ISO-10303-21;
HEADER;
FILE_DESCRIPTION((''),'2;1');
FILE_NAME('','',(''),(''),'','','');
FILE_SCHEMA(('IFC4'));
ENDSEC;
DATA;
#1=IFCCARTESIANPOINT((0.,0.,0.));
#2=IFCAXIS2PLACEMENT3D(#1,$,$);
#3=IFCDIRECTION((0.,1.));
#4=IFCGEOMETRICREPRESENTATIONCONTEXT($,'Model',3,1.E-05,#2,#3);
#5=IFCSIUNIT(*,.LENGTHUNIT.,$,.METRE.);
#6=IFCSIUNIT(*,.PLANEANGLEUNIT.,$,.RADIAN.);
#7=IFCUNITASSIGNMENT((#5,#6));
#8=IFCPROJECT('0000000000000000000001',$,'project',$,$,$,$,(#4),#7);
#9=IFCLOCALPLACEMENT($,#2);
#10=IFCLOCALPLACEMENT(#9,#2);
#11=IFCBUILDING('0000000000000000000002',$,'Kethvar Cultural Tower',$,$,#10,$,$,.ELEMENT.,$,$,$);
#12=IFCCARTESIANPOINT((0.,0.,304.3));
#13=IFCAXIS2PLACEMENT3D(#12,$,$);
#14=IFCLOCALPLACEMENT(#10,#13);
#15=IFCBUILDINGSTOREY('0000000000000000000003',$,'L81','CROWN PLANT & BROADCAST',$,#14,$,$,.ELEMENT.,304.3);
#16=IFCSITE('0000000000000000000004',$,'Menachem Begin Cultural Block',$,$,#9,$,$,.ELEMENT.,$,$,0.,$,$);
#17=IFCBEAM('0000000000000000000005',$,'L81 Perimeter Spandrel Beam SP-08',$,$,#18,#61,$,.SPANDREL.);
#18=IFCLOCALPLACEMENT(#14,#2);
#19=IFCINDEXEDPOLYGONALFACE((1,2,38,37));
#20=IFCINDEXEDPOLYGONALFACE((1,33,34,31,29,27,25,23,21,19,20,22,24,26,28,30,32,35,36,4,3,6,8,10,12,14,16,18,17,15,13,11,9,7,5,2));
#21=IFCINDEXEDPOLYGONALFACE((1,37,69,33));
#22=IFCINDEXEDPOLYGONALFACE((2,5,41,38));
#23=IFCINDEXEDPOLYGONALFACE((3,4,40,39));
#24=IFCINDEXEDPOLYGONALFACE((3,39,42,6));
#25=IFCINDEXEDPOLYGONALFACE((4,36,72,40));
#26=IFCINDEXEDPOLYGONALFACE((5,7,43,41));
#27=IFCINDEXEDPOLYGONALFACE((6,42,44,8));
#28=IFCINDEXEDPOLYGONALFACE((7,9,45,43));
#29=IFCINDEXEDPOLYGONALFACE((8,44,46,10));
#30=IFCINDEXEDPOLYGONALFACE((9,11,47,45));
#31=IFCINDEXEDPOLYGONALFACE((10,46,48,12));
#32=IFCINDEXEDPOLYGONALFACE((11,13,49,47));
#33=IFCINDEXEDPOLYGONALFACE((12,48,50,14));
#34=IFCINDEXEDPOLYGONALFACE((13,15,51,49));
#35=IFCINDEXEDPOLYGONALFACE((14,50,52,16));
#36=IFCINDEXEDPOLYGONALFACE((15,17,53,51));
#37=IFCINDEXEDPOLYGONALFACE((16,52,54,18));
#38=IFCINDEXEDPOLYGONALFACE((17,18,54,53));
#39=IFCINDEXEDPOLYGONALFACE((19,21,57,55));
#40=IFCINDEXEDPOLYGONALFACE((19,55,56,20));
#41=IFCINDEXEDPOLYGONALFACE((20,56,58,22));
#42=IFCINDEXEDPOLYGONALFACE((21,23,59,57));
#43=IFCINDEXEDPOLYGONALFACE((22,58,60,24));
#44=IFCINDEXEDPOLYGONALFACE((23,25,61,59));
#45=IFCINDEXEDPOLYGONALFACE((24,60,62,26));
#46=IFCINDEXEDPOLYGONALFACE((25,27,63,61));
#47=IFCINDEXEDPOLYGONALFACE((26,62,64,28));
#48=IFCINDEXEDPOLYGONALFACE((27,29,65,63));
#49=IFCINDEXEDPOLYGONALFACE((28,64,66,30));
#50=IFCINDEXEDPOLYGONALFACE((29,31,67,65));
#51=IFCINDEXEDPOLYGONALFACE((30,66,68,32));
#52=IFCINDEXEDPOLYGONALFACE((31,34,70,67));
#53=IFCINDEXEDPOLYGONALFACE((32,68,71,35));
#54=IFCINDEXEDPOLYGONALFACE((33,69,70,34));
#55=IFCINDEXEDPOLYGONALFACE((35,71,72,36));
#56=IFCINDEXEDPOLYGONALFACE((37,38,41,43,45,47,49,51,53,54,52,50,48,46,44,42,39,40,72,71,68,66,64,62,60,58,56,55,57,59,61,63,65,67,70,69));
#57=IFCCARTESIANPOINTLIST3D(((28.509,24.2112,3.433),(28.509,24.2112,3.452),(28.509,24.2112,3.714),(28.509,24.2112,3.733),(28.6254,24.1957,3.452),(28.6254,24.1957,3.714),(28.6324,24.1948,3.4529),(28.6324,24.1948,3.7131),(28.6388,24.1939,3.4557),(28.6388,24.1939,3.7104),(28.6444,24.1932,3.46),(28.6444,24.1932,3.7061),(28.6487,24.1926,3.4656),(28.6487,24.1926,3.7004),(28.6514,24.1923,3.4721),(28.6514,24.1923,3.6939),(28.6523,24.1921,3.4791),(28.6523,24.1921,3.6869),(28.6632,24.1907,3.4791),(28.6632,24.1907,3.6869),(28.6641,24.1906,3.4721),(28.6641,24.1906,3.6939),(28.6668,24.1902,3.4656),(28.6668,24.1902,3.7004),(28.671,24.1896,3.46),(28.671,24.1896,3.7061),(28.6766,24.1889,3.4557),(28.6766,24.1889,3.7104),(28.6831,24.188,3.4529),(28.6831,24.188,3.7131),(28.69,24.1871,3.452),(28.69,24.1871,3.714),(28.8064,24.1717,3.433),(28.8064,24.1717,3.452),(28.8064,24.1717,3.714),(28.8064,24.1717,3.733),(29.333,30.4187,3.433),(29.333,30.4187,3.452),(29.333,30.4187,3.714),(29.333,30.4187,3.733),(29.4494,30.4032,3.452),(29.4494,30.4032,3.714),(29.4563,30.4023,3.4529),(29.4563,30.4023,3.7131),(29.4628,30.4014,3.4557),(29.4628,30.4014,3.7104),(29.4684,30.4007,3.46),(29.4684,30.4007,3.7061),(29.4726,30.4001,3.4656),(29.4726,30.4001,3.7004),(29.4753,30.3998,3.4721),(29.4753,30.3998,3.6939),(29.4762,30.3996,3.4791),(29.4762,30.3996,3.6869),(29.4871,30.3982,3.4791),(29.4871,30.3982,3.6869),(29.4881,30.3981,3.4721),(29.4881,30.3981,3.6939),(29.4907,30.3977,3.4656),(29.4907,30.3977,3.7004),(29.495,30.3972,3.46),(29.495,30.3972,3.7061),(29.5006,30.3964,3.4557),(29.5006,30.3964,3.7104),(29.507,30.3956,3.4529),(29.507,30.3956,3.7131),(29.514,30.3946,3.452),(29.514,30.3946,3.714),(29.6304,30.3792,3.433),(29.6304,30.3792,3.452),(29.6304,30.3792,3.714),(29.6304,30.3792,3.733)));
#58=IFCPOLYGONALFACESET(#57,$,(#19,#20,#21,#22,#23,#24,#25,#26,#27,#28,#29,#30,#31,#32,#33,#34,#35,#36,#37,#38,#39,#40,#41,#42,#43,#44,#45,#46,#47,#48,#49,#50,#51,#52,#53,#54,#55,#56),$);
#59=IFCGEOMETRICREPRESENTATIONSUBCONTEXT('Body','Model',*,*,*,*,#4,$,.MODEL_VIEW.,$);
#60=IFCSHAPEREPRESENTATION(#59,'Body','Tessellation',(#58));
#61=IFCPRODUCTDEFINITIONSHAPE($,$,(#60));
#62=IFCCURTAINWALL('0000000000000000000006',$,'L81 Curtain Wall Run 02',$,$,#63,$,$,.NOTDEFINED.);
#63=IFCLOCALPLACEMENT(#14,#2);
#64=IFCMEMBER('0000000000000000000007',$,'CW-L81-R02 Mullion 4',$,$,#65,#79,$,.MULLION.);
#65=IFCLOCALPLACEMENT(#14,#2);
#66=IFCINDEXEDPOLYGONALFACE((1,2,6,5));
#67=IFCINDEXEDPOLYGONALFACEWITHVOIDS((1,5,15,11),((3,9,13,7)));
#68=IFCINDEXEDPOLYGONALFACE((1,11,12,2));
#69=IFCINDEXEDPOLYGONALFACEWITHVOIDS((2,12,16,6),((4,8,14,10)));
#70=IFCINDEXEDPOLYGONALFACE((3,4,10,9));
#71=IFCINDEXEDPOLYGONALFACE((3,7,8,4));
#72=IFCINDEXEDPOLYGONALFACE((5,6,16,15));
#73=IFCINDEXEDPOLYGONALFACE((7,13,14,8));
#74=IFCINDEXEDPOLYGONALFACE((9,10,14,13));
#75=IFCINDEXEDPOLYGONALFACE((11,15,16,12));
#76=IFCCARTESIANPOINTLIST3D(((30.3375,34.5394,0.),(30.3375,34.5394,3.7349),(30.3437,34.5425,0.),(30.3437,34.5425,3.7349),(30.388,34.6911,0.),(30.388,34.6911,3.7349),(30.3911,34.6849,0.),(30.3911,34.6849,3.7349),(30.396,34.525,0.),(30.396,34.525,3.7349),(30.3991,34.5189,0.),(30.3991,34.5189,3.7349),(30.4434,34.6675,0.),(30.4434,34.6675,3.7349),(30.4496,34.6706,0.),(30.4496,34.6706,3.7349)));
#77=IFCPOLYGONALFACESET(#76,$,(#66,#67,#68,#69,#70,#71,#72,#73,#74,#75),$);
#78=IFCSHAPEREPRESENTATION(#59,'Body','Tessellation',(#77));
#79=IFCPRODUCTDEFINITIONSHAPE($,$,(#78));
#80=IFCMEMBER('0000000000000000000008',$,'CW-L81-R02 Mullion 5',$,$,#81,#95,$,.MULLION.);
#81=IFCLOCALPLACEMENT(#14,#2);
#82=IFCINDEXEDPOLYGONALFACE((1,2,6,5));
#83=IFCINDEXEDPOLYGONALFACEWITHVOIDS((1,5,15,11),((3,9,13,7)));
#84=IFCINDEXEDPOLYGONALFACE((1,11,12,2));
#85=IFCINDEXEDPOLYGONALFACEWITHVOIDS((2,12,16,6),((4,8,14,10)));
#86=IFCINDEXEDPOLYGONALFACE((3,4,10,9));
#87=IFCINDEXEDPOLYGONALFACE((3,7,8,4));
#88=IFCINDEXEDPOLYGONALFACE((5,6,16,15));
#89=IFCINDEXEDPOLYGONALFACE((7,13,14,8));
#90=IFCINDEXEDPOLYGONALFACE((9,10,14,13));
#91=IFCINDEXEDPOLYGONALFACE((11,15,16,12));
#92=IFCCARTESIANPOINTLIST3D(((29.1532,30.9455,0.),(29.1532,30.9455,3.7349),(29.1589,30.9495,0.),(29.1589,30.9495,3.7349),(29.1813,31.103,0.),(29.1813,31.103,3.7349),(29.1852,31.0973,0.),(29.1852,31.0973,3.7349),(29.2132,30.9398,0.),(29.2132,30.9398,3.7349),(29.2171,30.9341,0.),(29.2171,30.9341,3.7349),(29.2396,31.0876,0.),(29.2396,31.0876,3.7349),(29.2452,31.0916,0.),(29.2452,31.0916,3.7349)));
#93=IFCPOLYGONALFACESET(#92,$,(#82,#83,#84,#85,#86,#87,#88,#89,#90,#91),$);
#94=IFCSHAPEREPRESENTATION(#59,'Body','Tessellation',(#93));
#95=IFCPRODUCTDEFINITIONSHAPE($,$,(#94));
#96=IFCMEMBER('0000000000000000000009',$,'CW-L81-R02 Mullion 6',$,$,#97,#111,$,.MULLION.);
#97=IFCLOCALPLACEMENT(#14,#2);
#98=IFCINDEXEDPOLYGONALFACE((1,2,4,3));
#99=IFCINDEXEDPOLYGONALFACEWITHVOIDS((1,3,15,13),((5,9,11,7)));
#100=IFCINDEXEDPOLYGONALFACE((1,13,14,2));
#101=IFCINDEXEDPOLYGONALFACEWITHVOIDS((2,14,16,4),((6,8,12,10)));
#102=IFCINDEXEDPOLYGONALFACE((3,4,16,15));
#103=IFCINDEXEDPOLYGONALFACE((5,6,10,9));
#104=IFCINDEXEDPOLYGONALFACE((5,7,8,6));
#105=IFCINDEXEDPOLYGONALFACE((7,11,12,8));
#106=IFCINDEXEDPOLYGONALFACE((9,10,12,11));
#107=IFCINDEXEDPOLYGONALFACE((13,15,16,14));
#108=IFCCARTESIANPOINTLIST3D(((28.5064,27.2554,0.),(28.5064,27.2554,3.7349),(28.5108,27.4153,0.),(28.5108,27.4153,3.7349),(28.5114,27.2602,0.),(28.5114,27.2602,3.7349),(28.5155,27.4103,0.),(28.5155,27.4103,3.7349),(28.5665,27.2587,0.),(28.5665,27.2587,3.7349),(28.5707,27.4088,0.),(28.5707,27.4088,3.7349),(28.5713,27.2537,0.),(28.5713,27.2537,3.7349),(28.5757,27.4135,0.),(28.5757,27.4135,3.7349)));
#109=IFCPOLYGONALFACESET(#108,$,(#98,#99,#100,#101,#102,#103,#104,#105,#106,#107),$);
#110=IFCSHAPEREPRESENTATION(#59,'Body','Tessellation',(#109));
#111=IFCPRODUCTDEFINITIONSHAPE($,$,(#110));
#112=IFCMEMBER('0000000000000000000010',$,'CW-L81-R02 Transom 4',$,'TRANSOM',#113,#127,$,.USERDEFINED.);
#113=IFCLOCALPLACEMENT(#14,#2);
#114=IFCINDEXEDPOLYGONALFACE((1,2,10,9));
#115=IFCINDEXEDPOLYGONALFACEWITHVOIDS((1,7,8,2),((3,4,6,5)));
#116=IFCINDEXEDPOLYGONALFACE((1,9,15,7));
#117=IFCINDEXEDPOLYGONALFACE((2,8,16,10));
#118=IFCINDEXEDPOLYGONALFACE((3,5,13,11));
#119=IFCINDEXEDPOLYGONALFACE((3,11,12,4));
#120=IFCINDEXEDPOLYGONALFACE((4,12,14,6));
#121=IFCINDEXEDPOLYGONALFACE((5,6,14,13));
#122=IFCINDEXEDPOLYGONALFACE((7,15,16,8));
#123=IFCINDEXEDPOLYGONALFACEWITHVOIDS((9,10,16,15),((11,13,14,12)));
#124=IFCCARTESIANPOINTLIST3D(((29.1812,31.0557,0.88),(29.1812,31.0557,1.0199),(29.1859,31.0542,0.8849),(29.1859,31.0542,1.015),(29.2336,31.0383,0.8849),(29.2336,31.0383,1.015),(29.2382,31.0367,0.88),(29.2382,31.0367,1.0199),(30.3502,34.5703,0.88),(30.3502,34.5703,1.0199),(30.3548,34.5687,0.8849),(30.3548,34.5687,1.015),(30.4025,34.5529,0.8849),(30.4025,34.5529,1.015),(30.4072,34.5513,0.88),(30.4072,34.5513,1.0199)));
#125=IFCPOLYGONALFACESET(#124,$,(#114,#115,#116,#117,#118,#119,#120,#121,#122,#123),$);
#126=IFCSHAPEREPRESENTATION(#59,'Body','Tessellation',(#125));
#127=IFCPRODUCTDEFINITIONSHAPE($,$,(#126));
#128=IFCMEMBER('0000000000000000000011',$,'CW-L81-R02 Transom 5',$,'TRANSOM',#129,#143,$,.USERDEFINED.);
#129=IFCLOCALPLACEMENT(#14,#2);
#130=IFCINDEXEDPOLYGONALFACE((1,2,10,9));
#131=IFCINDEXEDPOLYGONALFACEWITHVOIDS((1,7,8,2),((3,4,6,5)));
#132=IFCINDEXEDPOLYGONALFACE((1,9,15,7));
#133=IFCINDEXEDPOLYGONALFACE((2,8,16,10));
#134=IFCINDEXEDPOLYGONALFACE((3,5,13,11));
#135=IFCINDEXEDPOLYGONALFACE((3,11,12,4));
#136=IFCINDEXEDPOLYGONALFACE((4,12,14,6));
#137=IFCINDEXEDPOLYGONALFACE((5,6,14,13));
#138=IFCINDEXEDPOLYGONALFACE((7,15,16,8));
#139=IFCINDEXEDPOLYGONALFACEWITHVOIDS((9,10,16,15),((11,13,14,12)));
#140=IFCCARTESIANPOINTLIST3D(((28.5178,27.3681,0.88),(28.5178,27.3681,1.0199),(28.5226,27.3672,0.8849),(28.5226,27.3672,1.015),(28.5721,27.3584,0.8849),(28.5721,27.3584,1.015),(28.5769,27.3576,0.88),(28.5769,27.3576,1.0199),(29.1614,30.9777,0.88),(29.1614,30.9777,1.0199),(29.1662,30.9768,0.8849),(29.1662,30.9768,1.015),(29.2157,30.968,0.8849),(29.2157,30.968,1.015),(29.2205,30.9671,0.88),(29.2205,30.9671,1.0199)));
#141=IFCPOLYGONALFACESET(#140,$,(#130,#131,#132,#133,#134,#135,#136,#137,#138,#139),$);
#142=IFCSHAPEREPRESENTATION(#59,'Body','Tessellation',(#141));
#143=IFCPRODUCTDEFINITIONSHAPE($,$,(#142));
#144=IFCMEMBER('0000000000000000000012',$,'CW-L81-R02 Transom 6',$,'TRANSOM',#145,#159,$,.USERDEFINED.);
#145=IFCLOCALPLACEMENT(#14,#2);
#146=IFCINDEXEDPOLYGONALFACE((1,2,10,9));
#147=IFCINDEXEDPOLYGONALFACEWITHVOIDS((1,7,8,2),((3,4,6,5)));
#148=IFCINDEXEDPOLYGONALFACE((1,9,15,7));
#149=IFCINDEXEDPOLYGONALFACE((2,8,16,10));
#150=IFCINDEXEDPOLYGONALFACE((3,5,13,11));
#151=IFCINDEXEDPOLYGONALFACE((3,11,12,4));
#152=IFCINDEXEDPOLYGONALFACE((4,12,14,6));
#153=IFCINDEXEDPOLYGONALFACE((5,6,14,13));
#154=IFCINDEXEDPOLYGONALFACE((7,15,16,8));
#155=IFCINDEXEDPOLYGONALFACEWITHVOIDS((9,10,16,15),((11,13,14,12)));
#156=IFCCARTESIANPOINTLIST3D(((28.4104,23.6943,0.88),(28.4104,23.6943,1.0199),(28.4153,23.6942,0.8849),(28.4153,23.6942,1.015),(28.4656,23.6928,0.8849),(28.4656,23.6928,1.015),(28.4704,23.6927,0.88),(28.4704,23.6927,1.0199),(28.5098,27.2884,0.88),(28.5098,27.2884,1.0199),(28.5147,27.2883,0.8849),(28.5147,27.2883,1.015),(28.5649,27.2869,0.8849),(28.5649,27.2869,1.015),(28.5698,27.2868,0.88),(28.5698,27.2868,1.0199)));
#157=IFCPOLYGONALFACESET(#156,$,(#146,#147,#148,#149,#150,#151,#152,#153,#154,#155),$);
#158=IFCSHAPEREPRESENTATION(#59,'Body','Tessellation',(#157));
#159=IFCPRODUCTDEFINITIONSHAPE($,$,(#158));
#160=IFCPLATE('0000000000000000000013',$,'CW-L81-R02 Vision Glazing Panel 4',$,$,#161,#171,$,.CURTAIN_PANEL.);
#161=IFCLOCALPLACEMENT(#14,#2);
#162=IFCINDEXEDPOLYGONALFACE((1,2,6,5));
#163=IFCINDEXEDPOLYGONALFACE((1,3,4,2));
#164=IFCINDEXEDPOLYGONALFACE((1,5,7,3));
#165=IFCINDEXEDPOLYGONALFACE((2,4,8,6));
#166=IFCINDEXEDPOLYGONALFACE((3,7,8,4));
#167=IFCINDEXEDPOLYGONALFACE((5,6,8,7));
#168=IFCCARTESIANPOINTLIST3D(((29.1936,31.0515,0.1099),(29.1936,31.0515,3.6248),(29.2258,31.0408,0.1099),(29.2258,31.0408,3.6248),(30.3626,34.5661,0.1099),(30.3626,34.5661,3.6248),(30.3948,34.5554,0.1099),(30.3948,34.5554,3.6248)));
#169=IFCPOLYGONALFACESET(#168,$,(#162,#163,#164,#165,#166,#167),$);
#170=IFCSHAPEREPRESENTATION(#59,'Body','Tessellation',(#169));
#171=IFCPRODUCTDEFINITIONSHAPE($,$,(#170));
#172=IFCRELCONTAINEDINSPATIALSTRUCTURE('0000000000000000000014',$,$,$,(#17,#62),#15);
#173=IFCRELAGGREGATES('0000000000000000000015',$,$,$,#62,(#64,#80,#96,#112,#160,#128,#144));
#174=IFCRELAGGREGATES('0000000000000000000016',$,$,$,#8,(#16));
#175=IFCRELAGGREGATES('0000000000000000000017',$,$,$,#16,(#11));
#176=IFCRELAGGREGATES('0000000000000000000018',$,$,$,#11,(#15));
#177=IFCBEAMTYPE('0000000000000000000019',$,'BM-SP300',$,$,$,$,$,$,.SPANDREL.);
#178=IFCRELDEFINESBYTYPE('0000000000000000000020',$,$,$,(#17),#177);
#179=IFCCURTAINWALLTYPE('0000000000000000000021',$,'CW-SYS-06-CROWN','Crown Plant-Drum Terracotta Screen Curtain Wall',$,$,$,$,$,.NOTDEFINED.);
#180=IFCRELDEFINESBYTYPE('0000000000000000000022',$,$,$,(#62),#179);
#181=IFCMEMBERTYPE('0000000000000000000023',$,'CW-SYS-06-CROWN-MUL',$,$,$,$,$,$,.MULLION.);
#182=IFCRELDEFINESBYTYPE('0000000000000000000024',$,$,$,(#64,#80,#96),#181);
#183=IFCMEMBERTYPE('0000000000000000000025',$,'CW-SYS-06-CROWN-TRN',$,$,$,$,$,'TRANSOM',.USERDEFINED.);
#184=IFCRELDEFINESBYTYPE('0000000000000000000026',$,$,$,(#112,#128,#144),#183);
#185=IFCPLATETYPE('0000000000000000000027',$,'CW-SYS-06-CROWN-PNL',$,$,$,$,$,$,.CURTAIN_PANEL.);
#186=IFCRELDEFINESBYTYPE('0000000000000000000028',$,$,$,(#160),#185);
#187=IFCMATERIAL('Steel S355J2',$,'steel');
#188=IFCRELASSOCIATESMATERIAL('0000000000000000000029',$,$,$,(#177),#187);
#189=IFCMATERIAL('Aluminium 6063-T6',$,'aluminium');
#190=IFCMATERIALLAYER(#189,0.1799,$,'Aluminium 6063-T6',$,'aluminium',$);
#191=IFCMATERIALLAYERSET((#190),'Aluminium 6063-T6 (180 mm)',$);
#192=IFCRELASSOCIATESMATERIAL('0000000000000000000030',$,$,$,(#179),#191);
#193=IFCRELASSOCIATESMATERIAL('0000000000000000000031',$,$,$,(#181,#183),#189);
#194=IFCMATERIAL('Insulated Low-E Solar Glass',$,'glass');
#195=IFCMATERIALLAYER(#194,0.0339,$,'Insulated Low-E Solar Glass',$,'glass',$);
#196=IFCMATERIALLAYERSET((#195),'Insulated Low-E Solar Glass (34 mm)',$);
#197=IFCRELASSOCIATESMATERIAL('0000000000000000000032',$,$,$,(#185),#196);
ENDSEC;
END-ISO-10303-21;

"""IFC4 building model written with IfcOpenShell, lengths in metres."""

from ifc_helpers import new_model, si_unit, direction, frame, origin, origin_2d, place, context, subcontext, project, spatial, rectangle, hollow_rectangle, i_section, extrude, source, transform, mapped, material, layer, layer_set, material_profile, profile_set, type_object, element, aggregate, save


model = new_model("IFC4")

# Units and contexts
model_context = context("Model", 3, precision=1e-05, world=origin(), true_north=direction((0.0, 1.0)))
body_context = subcontext(model_context, "Body", "Model", "MODEL_VIEW")
ifc_project = project(units=[si_unit("LENGTHUNIT", "METRE"), si_unit("PLANEANGLEUNIT", "RADIAN")], contexts=[model_context])

# Site, building, storey
site_placement = place(None, origin())
site = spatial("IfcSite", under=ifc_project, at=site_placement, Name="Menachem Begin Cultural Block", CompositionType="ELEMENT", RefElevation=0.0)
building_placement = place(site_placement, origin())
building = spatial("IfcBuilding", under=site, at=building_placement, Name="Kethvar Cultural Tower", CompositionType="ELEMENT")
storey_placement = place(building_placement, frame((0.0, 0.0, 304.3)))
storey = spatial("IfcBuildingStorey", under=building, at=storey_placement, Name="L81", Description="CROWN PLANT & BROADCAST", CompositionType="ELEMENT", Elevation=304.3)

# Shared definitions
ifc_material_1 = material(Name="Steel S355J2", Category="steel")

# Beam
ifc_material_profile_1 = material_profile(ifc_material_1, i_section(OverallWidth=0.3, OverallDepth=0.3, WebThickness=0.011, FlangeThickness=0.019, FilletRadius=0.0271, at=origin_2d()), Name="Steel S355J2 — HEB300")
ifc_profile_set_1 = profile_set([ifc_material_profile_1], Name="Steel S355J2 — HEB300")
beam_type_1 = type_object("IfcBeamType", Name="BM-SP300", PredefinedType="SPANDREL", material=ifc_profile_set_1)
shared_shape_1 = source(origin(), body_context, "Body", "SweptSolid", [
    extrude(i_section(OverallWidth=0.3, OverallDepth=0.3, WebThickness=0.011, FlangeThickness=0.019, FilletRadius=0.0271, at=origin_2d()), origin(), (0.0, 0.0, 1.0), 6.262),
])
beam_1_placement = place(storey_placement, frame((29.4817, 30.3989, 3.583), z_axis=(-0.131584, -0.991305, 0.0), x_axis=(0.991305, -0.131584, 0.0)))
element("IfcBeam", 1, at=beam_1_placement, inside=storey, type_object=beam_type_1, Name="L81 Perimeter Spandrel Beam SP-08", PredefinedType="SPANDREL", context=body_context, shape_type="MappedRepresentation", body=[
    mapped(shared_shape_1, transform((0.0, 0.0, 0.0), scale=1.0)),
])

# Curtain wall, members, plate
ifc_material_2 = material(Name="Aluminium 6063-T6", Category="aluminium")
ifc_layer_1 = layer(ifc_material_2, 0.1799, Name="Aluminium 6063-T6", Category="aluminium")
ifc_layer_set_1 = layer_set([ifc_layer_1], Name="Aluminium 6063-T6 (180 mm)")
curtain_wall_type = type_object("IfcCurtainWallType", Name="CW-SYS-06-CROWN", Description="Crown Plant-Drum Terracotta Screen Curtain Wall", PredefinedType="NOTDEFINED", material=ifc_layer_set_1)
curtain_wall_placement = place(storey_placement, origin())
curtain_wall = element("IfcCurtainWall", 2, at=curtain_wall_placement, inside=storey, type_object=curtain_wall_type, Name="L81 Curtain Wall Run 02", PredefinedType="NOTDEFINED")
ifc_material_profile_2 = material_profile(ifc_material_2, hollow_rectangle(XDim=0.0649, YDim=0.1599, WallThickness=0.0049, at=origin_2d()), Name="Aluminium 6063-T6 — RHS160x65x5")
ifc_profile_set_2 = profile_set([ifc_material_profile_2], Name="Aluminium 6063-T6 — RHS160x65x5")
member_type_1 = type_object("IfcMemberType", Name="CW-SYS-06-CROWN-MUL", PredefinedType="MULLION", material=ifc_profile_set_2)
shared_shape_2 = source(origin(), body_context, "Body", "SweptSolid", [
    extrude(hollow_rectangle(XDim=0.0649, YDim=0.1599, WallThickness=0.0049, at=origin_2d()), origin(), (0.0, 0.0, 1.0), 3.7349),
])
member_1_placement = place(storey_placement, frame((30.3936, 34.605, 0.0), z_axis=(0.0, 0.0, 1.0), x_axis=(0.948893, -0.315599, 0.0)))
member_1 = element("IfcMember", 3, at=member_1_placement, type_object=member_type_1, Name="CW-L81-R02 Mullion 4", PredefinedType="MULLION", context=body_context, shape_type="MappedRepresentation", body=[
    mapped(shared_shape_2, transform((0.0, 0.0, 0.0), scale=1.0)),
])
member_2_placement = place(storey_placement, frame((29.1992, 31.0186, 0.0), z_axis=(0.0, 0.0, 1.0), x_axis=(0.984469, -0.175556, 0.0)))
member_2 = element("IfcMember", 4, at=member_2_placement, type_object=member_type_1, Name="CW-L81-R02 Mullion 5", PredefinedType="MULLION", context=body_context, shape_type="MappedRepresentation", body=[
    mapped(shared_shape_2, transform((0.0, 0.0, 0.0), scale=1.0)),
])
member_3_placement = place(storey_placement, frame((28.541, 27.3345, 0.0), z_axis=(0.0, 0.0, 1.0), x_axis=(0.99962, -0.027573, 0.0)))
member_3 = element("IfcMember", 5, at=member_3_placement, type_object=member_type_1, Name="CW-L81-R02 Mullion 6", PredefinedType="MULLION", context=body_context, shape_type="MappedRepresentation", body=[
    mapped(shared_shape_2, transform((0.0, 0.0, 0.0), scale=1.0)),
])
ifc_material_profile_3 = material_profile(ifc_material_2, hollow_rectangle(XDim=0.0601, YDim=0.1399, WallThickness=0.0049, at=origin_2d()), Name="Aluminium 6063-T6 — RHS140x60x5")
ifc_profile_set_3 = profile_set([ifc_material_profile_3], Name="Aluminium 6063-T6 — RHS140x60x5")
member_type_2 = type_object("IfcMemberType", Name="CW-SYS-06-CROWN-TRN", ElementType="TRANSOM", PredefinedType="USERDEFINED", material=ifc_profile_set_3)
shared_shape_3 = source(origin(), body_context, "Body", "SweptSolid", [
    extrude(hollow_rectangle(XDim=0.0601, YDim=0.1399, WallThickness=0.0049, at=origin_2d()), origin(), (0.0, 0.0, 1.0), 3.7039),
])
member_4_placement = place(storey_placement, frame((30.3787, 34.5608, 0.95), z_axis=(-0.315595, -0.948894, 0.0), x_axis=(0.948894, -0.315595, 0.0)))
member_4 = element("IfcMember", 6, at=member_4_placement, type_object=member_type_2, Name="CW-L81-R02 Transom 4", ObjectType="TRANSOM", PredefinedType="USERDEFINED", context=body_context, shape_type="MappedRepresentation", body=[
    mapped(shared_shape_3, transform((0.0, 0.0, 0.0), scale=1.0)),
])
shared_shape_4 = source(origin(), body_context, "Body", "SweptSolid", [
    extrude(hollow_rectangle(XDim=0.0601, YDim=0.1399, WallThickness=0.0049, at=origin_2d()), origin(), (0.0, 0.0, 1.0), 3.6665),
])
member_5_placement = place(storey_placement, frame((29.1909, 30.9724, 0.95), z_axis=(-0.175521, -0.984476, 0.0), x_axis=(0.984476, -0.175521, 0.0)))
member_5 = element("IfcMember", 7, at=member_5_placement, type_object=member_type_2, Name="CW-L81-R02 Transom 5", ObjectType="TRANSOM", PredefinedType="USERDEFINED", context=body_context, shape_type="MappedRepresentation", body=[
    mapped(shared_shape_4, transform((0.0, 0.0, 0.0), scale=1.0)),
])
shared_shape_5 = source(origin(), body_context, "Body", "SweptSolid", [
    extrude(hollow_rectangle(XDim=0.0601, YDim=0.1399, WallThickness=0.0049, at=origin_2d()), origin(), (0.0, 0.0, 1.0), 3.5955),
])
member_6_placement = place(storey_placement, frame((28.5398, 27.2876, 0.95), z_axis=(-0.027637, -0.999618, 0.0), x_axis=(0.999618, -0.027637, 0.0)))
member_6 = element("IfcMember", 8, at=member_6_placement, type_object=member_type_2, Name="CW-L81-R02 Transom 6", ObjectType="TRANSOM", PredefinedType="USERDEFINED", context=body_context, shape_type="MappedRepresentation", body=[
    mapped(shared_shape_5, transform((0.0, 0.0, 0.0), scale=1.0)),
])
ifc_material_3 = material(Name="Insulated Low-E Solar Glass", Category="glass")
ifc_layer_2 = layer(ifc_material_3, 0.0339, Name="Insulated Low-E Solar Glass", Category="glass")
ifc_layer_set_2 = layer_set([ifc_layer_2], Name="Insulated Low-E Solar Glass (34 mm)")
plate_type = type_object("IfcPlateType", Name="CW-SYS-06-CROWN-PNL", PredefinedType="CURTAIN_PANEL", material=ifc_layer_set_2)
shared_shape_6 = source(origin(), body_context, "Body", "SweptSolid", [
    extrude(rectangle(XDim=3.7039, YDim=0.0339, at=origin_2d()), origin(), (0.0, 0.0, 1.0), 3.5149),
])
plate_1_placement = place(storey_placement, frame((29.7942, 32.8035, 0.1099), z_axis=(0.0, 0.0, 1.0), x_axis=(-0.315599, -0.948893, 0.0)))
plate_1 = element("IfcPlate", 9, at=plate_1_placement, type_object=plate_type, Name="CW-L81-R02 Vision Glazing Panel 4", PredefinedType="CURTAIN_PANEL", context=body_context, shape_type="MappedRepresentation", body=[
    mapped(shared_shape_6, transform((0.0, 0.0, 0.0), scale=1.0)),
])
aggregate(curtain_wall, [member_1, member_2, member_3, member_4, plate_1, member_5, member_6])

save(model, "model.ifc")
